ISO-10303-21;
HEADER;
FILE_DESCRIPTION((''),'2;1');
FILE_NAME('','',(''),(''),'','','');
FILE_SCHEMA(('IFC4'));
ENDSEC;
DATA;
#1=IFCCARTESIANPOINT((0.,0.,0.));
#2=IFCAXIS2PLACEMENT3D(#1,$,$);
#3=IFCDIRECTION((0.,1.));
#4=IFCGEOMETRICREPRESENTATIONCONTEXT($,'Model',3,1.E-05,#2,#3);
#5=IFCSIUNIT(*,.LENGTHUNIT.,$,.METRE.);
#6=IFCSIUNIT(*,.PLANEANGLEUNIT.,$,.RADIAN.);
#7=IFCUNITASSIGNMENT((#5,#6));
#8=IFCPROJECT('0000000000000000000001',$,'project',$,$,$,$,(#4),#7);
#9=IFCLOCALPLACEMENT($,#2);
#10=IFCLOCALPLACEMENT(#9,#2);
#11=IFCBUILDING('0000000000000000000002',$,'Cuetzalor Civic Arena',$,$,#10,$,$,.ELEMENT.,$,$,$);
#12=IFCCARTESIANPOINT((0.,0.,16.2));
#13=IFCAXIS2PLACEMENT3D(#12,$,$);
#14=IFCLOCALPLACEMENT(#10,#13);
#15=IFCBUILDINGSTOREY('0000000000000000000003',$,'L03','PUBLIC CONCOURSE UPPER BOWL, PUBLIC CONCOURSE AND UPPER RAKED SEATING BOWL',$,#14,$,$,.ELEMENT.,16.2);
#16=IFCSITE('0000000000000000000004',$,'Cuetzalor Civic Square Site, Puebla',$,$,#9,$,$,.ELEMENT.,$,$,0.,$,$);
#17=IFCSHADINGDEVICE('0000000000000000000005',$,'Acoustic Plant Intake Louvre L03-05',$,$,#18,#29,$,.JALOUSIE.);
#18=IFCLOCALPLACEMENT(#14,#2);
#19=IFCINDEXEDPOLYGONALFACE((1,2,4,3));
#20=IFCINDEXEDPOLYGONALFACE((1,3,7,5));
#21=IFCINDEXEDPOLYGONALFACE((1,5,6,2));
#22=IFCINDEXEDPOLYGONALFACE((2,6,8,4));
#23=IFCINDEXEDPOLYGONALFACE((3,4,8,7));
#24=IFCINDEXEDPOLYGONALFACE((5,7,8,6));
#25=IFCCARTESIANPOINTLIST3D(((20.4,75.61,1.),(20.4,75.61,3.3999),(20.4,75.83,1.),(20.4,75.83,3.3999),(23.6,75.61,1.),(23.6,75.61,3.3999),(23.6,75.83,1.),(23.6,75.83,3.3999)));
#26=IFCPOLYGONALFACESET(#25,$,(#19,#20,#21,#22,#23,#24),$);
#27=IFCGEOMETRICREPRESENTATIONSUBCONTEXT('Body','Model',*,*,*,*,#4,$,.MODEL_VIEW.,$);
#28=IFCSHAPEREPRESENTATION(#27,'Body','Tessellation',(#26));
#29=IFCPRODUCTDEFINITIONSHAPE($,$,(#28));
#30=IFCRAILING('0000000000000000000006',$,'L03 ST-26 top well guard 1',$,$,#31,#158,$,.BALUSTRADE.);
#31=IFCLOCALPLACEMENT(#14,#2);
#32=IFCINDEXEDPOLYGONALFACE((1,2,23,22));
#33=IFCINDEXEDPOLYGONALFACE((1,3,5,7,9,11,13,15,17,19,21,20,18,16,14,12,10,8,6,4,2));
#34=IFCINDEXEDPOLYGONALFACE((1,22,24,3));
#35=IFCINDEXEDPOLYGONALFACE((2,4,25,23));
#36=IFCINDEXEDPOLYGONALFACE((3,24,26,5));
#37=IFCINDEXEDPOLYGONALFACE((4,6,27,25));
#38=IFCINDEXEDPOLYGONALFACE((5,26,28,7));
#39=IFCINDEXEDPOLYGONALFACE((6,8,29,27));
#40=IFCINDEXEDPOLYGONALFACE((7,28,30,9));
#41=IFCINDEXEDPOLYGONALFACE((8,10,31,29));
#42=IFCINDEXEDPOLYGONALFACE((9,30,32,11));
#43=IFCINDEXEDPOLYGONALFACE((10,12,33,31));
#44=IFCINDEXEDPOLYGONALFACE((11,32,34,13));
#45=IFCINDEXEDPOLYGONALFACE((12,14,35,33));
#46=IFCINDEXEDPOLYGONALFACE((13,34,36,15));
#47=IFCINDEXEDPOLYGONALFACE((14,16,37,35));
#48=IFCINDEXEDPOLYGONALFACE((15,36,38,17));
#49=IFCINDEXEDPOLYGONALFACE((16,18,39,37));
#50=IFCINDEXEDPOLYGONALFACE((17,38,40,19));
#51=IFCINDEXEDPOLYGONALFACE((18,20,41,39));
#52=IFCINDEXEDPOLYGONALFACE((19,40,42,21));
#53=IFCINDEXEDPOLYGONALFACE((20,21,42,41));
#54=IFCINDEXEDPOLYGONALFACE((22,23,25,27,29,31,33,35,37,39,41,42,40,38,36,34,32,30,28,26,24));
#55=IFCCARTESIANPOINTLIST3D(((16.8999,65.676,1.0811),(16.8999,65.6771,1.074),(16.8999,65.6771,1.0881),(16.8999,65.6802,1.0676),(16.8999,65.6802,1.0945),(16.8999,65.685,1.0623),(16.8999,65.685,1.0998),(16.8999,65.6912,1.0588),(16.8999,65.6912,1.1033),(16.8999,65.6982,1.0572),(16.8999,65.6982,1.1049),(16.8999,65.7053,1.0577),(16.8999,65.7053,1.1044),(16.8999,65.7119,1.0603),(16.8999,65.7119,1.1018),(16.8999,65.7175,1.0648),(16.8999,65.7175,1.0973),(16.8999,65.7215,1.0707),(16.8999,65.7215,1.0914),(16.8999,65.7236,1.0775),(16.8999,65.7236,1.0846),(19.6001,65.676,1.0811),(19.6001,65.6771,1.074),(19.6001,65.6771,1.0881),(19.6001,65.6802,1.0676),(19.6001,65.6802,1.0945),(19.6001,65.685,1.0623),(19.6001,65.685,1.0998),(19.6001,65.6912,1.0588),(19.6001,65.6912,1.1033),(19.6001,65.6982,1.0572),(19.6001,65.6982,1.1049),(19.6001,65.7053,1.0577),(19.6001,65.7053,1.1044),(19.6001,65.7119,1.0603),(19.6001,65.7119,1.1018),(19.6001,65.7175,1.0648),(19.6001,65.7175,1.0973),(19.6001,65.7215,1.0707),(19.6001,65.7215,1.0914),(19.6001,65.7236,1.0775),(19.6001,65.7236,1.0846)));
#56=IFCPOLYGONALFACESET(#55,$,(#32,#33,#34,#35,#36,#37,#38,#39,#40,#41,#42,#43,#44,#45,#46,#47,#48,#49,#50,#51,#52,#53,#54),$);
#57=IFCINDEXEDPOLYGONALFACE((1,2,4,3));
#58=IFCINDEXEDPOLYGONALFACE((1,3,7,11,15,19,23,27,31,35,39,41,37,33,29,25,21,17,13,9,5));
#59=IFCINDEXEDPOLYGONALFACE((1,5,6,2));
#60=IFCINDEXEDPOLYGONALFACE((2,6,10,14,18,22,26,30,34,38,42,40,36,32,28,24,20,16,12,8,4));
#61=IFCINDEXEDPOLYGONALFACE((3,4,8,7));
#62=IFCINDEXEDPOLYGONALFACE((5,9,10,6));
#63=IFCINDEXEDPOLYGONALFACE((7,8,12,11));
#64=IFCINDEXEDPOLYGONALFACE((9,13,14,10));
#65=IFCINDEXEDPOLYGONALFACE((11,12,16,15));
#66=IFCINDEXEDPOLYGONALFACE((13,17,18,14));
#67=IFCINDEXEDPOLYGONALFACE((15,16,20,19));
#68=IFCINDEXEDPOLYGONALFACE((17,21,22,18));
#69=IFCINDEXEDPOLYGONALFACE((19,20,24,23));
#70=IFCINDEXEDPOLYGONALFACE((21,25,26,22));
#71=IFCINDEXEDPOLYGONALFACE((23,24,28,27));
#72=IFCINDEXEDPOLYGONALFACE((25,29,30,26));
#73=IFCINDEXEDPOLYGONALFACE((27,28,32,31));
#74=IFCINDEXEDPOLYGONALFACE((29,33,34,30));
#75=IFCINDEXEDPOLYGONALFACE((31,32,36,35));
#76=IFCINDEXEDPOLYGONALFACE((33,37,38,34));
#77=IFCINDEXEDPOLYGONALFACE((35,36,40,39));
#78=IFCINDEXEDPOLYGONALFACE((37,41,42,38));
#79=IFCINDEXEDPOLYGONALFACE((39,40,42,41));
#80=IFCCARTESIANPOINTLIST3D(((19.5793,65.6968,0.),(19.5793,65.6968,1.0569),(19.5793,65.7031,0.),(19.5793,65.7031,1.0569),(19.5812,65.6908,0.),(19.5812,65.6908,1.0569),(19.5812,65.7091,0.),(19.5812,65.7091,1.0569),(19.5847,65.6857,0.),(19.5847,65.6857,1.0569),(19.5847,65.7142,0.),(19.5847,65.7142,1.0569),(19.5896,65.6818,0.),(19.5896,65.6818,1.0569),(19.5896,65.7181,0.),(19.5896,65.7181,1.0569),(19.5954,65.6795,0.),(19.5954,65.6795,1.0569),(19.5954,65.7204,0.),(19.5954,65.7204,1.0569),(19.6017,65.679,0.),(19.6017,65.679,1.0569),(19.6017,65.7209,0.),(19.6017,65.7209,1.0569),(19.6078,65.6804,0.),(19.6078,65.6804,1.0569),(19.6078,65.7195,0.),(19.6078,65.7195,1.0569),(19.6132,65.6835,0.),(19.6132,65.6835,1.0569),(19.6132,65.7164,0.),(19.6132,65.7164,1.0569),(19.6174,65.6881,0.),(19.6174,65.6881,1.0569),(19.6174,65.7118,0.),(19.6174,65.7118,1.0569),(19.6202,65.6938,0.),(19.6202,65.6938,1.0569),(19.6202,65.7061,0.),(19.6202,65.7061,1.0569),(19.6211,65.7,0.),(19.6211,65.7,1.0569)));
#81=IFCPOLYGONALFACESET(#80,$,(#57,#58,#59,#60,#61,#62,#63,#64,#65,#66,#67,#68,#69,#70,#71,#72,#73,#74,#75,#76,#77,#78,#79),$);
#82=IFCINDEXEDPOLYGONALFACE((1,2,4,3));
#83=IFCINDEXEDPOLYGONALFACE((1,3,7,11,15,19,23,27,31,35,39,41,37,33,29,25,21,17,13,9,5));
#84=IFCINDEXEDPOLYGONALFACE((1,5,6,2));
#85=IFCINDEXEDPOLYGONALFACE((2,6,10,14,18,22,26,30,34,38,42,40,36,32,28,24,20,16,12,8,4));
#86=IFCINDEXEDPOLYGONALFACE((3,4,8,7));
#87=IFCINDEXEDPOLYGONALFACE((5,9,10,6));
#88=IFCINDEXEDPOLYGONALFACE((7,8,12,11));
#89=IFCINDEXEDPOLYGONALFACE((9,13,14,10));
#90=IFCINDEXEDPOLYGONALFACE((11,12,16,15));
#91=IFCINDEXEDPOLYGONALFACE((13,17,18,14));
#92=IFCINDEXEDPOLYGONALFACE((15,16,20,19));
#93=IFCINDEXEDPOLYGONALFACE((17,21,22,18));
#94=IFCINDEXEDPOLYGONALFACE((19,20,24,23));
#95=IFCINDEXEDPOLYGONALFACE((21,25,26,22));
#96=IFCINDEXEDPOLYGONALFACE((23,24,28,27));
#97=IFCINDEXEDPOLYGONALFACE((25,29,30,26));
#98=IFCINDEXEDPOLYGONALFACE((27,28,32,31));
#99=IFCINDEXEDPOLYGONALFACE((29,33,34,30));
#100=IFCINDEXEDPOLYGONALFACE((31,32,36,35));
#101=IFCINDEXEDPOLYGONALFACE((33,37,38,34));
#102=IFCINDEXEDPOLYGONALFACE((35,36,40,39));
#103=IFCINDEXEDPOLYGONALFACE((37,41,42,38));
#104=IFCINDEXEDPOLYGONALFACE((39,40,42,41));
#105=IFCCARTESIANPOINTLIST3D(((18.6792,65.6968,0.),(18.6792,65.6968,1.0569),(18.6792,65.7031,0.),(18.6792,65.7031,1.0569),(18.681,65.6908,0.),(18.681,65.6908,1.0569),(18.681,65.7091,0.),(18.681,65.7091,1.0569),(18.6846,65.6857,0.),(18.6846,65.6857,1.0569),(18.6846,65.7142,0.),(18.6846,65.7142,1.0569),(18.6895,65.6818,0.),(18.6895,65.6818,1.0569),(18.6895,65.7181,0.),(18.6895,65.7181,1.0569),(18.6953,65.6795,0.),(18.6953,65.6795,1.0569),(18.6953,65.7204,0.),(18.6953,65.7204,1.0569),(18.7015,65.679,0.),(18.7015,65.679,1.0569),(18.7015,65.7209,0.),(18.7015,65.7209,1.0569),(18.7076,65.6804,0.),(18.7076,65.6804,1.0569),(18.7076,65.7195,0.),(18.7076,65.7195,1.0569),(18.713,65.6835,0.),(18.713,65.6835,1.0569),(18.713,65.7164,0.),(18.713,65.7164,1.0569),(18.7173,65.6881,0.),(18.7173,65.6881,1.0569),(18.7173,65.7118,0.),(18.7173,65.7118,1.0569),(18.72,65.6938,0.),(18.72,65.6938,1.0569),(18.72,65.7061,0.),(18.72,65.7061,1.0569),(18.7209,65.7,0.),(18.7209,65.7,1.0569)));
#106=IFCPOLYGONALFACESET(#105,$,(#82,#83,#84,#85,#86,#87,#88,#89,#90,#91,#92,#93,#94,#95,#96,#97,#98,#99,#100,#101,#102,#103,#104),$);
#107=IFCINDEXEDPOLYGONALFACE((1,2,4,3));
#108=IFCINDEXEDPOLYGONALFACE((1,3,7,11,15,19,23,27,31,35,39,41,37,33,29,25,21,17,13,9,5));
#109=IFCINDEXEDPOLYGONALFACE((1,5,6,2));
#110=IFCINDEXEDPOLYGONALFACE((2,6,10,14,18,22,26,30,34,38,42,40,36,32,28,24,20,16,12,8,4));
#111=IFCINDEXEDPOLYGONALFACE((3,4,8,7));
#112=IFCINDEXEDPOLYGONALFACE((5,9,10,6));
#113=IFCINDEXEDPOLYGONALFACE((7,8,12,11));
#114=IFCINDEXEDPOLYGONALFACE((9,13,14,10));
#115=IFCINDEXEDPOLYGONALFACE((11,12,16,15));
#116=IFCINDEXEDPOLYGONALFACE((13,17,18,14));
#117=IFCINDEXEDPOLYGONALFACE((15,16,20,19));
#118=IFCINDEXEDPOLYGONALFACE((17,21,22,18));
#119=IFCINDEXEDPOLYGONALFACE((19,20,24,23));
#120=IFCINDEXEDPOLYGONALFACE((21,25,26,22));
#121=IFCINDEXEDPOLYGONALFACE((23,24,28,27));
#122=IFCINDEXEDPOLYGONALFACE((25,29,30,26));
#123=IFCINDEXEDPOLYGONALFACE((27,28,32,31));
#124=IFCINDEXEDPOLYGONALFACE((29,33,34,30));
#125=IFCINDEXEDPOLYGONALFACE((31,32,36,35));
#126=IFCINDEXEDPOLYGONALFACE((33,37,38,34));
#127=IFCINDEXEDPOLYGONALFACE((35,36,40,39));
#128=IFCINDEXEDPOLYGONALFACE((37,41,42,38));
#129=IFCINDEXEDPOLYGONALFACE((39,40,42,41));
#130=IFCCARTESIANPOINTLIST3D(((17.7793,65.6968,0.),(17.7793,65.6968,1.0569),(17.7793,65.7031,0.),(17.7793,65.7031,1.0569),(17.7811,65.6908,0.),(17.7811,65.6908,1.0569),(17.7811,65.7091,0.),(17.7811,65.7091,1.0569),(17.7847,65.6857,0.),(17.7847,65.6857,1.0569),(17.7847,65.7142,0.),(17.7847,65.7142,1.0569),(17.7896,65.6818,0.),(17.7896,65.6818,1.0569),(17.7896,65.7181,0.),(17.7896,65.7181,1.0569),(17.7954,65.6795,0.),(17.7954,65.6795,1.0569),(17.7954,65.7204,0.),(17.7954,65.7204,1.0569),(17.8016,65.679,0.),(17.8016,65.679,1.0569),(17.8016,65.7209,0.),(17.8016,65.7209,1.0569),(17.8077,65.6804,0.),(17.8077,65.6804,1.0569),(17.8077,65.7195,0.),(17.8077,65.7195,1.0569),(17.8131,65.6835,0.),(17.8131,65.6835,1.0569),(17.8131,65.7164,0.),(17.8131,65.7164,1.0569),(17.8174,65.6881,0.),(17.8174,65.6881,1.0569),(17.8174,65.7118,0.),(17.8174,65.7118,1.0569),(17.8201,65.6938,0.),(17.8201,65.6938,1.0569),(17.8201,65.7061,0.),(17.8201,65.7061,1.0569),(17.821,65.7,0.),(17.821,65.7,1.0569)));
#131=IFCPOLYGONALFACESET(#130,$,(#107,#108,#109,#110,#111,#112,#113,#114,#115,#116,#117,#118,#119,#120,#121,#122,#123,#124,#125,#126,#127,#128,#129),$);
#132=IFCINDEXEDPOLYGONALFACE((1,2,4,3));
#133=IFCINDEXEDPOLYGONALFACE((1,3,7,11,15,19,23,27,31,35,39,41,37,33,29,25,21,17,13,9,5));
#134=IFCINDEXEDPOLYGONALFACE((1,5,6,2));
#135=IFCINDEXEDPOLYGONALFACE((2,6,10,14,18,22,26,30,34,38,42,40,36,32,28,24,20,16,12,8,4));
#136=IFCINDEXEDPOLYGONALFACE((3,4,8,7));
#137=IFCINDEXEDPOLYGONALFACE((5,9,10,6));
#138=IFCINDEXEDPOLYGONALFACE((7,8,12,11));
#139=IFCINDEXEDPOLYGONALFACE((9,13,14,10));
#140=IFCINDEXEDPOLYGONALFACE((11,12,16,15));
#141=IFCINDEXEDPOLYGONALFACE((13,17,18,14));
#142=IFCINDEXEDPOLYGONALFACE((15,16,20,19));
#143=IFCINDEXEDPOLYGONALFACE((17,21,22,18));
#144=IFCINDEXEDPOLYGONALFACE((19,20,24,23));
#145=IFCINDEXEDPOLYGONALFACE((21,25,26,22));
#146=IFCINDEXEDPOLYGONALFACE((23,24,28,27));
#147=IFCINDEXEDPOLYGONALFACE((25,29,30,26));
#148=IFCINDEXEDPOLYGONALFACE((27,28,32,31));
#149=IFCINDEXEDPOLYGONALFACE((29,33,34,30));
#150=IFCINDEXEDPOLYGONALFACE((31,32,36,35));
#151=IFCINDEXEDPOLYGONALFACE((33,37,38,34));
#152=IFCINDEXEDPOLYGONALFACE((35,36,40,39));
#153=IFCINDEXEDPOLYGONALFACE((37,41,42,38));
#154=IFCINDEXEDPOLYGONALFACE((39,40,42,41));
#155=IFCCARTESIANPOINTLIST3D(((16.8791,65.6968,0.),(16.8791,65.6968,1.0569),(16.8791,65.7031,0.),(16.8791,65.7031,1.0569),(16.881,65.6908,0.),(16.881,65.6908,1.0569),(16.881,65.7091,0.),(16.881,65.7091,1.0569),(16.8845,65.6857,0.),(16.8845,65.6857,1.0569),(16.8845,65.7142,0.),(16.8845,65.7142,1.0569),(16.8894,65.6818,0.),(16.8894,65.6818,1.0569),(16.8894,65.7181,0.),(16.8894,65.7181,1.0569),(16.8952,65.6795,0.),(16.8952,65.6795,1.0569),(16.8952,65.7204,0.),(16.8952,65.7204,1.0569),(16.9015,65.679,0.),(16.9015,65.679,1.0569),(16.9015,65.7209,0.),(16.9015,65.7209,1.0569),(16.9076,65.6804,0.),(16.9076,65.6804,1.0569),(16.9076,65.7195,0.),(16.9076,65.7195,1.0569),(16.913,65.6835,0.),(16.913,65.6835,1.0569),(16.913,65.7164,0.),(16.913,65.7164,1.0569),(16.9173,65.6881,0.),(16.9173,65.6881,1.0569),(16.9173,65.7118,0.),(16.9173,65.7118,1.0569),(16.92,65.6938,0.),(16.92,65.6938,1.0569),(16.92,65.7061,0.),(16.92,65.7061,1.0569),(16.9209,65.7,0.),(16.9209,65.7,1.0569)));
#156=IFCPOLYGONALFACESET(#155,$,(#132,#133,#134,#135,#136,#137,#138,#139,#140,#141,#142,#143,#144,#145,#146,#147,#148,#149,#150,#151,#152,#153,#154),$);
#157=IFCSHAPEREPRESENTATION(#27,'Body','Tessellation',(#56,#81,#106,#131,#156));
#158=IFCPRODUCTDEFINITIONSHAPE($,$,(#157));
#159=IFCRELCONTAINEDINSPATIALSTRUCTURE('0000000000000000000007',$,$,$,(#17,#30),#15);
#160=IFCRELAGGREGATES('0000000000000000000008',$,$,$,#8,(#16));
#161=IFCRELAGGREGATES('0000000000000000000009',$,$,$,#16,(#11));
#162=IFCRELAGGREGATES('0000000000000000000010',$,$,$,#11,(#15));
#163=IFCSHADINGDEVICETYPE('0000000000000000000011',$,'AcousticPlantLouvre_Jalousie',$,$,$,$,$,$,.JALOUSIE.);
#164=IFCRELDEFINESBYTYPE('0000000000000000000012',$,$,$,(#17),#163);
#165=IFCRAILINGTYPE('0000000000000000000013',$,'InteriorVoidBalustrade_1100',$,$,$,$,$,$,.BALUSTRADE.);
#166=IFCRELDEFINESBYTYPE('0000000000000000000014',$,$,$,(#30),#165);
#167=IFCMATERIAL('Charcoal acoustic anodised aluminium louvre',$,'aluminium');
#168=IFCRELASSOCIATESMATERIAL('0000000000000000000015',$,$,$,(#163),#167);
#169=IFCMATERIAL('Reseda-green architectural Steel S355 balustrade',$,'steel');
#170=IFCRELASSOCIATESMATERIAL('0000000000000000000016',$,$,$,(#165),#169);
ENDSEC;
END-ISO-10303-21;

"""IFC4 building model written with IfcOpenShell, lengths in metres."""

from ifc_helpers import new_model, si_unit, direction, frame, origin, origin_2d, place, context, subcontext, project, spatial, rectangle, circle, extrude, material, type_object, element, save


model = new_model("IFC4")

# Units and contexts
model_context = context("Model", 3, precision=1e-05, world=origin(), true_north=direction((0.0, 1.0)))
body_context = subcontext(model_context, "Body", "Model", "MODEL_VIEW")
ifc_project = project(units=[si_unit("LENGTHUNIT", "METRE"), si_unit("PLANEANGLEUNIT", "RADIAN")], contexts=[model_context])

# Site, building, storey
site_placement = place(None, origin())
site = spatial("IfcSite", under=ifc_project, at=site_placement, Name="Cuetzalor Civic Square Site, Puebla", CompositionType="ELEMENT", RefElevation=0.0)
building_placement = place(site_placement, origin())
building = spatial("IfcBuilding", under=site, at=building_placement, Name="Cuetzalor Civic Arena", CompositionType="ELEMENT")
storey_placement = place(building_placement, frame((0.0, 0.0, 16.2)))
storey = spatial("IfcBuildingStorey", under=building, at=storey_placement, Name="L03", Description="PUBLIC CONCOURSE UPPER BOWL, PUBLIC CONCOURSE AND UPPER RAKED SEATING BOWL", CompositionType="ELEMENT", Elevation=16.2)

# Shading device
ifc_material_1 = material(Name="Charcoal acoustic anodised aluminium louvre", Category="aluminium")
shading_device_type = type_object("IfcShadingDeviceType", Name="AcousticPlantLouvre_Jalousie", PredefinedType="JALOUSIE", material=ifc_material_1)
shading_device_placement = place(storey_placement, frame((22.0, 75.72, 1.0), z_axis=(0.0, 0.0, 1.0), x_axis=(1.0, 0.0, 0.0)))
element("IfcShadingDevice", 1, at=shading_device_placement, inside=storey, type_object=shading_device_type, Name="Acoustic Plant Intake Louvre L03-05", PredefinedType="JALOUSIE", context=body_context, shape_type="SweptSolid", body=[
    extrude(rectangle(XDim=3.2, YDim=0.22, at=origin_2d()), origin(), (0.0, 0.0, 1.0), 2.3999),
])

# Railing
ifc_material_2 = material(Name="Reseda-green architectural Steel S355 balustrade", Category="steel")
railing_type = type_object("IfcRailingType", Name="InteriorVoidBalustrade_1100", PredefinedType="BALUSTRADE", material=ifc_material_2)
railing_placement = place(storey_placement, frame((19.6001, 65.7, 0.0)))
element("IfcRailing", 2, at=railing_placement, inside=storey, type_object=railing_type, Name="L03 ST-26 top well guard 1", PredefinedType="BALUSTRADE", context=body_context, shape_type="SweptSolid", body=[
    extrude(circle(Radius=0.0239, at=origin_2d()), frame((0.0, 0.0, 1.0811), z_axis=(-1.0, 0.0, 0.0), x_axis=(0.0, -1.0, 0.0)), (0.0, 0.0, 1.0), 2.7002),
    extrude(circle(Radius=0.021, at=origin_2d()), origin(), (0.0, 0.0, 1.0), 1.0569),
    extrude(circle(Radius=0.021, at=origin_2d()), frame((-0.9001, 0.0, 0.0)), (0.0, 0.0, 1.0), 1.0569),
    extrude(circle(Radius=0.021, at=origin_2d()), frame((-1.8, 0.0, 0.0)), (0.0, 0.0, 1.0), 1.0569),
    extrude(circle(Radius=0.021, at=origin_2d()), frame((-2.7002, 0.0, 0.0)), (0.0, 0.0, 1.0), 1.0569),
])

save(model, "model.ifc")
